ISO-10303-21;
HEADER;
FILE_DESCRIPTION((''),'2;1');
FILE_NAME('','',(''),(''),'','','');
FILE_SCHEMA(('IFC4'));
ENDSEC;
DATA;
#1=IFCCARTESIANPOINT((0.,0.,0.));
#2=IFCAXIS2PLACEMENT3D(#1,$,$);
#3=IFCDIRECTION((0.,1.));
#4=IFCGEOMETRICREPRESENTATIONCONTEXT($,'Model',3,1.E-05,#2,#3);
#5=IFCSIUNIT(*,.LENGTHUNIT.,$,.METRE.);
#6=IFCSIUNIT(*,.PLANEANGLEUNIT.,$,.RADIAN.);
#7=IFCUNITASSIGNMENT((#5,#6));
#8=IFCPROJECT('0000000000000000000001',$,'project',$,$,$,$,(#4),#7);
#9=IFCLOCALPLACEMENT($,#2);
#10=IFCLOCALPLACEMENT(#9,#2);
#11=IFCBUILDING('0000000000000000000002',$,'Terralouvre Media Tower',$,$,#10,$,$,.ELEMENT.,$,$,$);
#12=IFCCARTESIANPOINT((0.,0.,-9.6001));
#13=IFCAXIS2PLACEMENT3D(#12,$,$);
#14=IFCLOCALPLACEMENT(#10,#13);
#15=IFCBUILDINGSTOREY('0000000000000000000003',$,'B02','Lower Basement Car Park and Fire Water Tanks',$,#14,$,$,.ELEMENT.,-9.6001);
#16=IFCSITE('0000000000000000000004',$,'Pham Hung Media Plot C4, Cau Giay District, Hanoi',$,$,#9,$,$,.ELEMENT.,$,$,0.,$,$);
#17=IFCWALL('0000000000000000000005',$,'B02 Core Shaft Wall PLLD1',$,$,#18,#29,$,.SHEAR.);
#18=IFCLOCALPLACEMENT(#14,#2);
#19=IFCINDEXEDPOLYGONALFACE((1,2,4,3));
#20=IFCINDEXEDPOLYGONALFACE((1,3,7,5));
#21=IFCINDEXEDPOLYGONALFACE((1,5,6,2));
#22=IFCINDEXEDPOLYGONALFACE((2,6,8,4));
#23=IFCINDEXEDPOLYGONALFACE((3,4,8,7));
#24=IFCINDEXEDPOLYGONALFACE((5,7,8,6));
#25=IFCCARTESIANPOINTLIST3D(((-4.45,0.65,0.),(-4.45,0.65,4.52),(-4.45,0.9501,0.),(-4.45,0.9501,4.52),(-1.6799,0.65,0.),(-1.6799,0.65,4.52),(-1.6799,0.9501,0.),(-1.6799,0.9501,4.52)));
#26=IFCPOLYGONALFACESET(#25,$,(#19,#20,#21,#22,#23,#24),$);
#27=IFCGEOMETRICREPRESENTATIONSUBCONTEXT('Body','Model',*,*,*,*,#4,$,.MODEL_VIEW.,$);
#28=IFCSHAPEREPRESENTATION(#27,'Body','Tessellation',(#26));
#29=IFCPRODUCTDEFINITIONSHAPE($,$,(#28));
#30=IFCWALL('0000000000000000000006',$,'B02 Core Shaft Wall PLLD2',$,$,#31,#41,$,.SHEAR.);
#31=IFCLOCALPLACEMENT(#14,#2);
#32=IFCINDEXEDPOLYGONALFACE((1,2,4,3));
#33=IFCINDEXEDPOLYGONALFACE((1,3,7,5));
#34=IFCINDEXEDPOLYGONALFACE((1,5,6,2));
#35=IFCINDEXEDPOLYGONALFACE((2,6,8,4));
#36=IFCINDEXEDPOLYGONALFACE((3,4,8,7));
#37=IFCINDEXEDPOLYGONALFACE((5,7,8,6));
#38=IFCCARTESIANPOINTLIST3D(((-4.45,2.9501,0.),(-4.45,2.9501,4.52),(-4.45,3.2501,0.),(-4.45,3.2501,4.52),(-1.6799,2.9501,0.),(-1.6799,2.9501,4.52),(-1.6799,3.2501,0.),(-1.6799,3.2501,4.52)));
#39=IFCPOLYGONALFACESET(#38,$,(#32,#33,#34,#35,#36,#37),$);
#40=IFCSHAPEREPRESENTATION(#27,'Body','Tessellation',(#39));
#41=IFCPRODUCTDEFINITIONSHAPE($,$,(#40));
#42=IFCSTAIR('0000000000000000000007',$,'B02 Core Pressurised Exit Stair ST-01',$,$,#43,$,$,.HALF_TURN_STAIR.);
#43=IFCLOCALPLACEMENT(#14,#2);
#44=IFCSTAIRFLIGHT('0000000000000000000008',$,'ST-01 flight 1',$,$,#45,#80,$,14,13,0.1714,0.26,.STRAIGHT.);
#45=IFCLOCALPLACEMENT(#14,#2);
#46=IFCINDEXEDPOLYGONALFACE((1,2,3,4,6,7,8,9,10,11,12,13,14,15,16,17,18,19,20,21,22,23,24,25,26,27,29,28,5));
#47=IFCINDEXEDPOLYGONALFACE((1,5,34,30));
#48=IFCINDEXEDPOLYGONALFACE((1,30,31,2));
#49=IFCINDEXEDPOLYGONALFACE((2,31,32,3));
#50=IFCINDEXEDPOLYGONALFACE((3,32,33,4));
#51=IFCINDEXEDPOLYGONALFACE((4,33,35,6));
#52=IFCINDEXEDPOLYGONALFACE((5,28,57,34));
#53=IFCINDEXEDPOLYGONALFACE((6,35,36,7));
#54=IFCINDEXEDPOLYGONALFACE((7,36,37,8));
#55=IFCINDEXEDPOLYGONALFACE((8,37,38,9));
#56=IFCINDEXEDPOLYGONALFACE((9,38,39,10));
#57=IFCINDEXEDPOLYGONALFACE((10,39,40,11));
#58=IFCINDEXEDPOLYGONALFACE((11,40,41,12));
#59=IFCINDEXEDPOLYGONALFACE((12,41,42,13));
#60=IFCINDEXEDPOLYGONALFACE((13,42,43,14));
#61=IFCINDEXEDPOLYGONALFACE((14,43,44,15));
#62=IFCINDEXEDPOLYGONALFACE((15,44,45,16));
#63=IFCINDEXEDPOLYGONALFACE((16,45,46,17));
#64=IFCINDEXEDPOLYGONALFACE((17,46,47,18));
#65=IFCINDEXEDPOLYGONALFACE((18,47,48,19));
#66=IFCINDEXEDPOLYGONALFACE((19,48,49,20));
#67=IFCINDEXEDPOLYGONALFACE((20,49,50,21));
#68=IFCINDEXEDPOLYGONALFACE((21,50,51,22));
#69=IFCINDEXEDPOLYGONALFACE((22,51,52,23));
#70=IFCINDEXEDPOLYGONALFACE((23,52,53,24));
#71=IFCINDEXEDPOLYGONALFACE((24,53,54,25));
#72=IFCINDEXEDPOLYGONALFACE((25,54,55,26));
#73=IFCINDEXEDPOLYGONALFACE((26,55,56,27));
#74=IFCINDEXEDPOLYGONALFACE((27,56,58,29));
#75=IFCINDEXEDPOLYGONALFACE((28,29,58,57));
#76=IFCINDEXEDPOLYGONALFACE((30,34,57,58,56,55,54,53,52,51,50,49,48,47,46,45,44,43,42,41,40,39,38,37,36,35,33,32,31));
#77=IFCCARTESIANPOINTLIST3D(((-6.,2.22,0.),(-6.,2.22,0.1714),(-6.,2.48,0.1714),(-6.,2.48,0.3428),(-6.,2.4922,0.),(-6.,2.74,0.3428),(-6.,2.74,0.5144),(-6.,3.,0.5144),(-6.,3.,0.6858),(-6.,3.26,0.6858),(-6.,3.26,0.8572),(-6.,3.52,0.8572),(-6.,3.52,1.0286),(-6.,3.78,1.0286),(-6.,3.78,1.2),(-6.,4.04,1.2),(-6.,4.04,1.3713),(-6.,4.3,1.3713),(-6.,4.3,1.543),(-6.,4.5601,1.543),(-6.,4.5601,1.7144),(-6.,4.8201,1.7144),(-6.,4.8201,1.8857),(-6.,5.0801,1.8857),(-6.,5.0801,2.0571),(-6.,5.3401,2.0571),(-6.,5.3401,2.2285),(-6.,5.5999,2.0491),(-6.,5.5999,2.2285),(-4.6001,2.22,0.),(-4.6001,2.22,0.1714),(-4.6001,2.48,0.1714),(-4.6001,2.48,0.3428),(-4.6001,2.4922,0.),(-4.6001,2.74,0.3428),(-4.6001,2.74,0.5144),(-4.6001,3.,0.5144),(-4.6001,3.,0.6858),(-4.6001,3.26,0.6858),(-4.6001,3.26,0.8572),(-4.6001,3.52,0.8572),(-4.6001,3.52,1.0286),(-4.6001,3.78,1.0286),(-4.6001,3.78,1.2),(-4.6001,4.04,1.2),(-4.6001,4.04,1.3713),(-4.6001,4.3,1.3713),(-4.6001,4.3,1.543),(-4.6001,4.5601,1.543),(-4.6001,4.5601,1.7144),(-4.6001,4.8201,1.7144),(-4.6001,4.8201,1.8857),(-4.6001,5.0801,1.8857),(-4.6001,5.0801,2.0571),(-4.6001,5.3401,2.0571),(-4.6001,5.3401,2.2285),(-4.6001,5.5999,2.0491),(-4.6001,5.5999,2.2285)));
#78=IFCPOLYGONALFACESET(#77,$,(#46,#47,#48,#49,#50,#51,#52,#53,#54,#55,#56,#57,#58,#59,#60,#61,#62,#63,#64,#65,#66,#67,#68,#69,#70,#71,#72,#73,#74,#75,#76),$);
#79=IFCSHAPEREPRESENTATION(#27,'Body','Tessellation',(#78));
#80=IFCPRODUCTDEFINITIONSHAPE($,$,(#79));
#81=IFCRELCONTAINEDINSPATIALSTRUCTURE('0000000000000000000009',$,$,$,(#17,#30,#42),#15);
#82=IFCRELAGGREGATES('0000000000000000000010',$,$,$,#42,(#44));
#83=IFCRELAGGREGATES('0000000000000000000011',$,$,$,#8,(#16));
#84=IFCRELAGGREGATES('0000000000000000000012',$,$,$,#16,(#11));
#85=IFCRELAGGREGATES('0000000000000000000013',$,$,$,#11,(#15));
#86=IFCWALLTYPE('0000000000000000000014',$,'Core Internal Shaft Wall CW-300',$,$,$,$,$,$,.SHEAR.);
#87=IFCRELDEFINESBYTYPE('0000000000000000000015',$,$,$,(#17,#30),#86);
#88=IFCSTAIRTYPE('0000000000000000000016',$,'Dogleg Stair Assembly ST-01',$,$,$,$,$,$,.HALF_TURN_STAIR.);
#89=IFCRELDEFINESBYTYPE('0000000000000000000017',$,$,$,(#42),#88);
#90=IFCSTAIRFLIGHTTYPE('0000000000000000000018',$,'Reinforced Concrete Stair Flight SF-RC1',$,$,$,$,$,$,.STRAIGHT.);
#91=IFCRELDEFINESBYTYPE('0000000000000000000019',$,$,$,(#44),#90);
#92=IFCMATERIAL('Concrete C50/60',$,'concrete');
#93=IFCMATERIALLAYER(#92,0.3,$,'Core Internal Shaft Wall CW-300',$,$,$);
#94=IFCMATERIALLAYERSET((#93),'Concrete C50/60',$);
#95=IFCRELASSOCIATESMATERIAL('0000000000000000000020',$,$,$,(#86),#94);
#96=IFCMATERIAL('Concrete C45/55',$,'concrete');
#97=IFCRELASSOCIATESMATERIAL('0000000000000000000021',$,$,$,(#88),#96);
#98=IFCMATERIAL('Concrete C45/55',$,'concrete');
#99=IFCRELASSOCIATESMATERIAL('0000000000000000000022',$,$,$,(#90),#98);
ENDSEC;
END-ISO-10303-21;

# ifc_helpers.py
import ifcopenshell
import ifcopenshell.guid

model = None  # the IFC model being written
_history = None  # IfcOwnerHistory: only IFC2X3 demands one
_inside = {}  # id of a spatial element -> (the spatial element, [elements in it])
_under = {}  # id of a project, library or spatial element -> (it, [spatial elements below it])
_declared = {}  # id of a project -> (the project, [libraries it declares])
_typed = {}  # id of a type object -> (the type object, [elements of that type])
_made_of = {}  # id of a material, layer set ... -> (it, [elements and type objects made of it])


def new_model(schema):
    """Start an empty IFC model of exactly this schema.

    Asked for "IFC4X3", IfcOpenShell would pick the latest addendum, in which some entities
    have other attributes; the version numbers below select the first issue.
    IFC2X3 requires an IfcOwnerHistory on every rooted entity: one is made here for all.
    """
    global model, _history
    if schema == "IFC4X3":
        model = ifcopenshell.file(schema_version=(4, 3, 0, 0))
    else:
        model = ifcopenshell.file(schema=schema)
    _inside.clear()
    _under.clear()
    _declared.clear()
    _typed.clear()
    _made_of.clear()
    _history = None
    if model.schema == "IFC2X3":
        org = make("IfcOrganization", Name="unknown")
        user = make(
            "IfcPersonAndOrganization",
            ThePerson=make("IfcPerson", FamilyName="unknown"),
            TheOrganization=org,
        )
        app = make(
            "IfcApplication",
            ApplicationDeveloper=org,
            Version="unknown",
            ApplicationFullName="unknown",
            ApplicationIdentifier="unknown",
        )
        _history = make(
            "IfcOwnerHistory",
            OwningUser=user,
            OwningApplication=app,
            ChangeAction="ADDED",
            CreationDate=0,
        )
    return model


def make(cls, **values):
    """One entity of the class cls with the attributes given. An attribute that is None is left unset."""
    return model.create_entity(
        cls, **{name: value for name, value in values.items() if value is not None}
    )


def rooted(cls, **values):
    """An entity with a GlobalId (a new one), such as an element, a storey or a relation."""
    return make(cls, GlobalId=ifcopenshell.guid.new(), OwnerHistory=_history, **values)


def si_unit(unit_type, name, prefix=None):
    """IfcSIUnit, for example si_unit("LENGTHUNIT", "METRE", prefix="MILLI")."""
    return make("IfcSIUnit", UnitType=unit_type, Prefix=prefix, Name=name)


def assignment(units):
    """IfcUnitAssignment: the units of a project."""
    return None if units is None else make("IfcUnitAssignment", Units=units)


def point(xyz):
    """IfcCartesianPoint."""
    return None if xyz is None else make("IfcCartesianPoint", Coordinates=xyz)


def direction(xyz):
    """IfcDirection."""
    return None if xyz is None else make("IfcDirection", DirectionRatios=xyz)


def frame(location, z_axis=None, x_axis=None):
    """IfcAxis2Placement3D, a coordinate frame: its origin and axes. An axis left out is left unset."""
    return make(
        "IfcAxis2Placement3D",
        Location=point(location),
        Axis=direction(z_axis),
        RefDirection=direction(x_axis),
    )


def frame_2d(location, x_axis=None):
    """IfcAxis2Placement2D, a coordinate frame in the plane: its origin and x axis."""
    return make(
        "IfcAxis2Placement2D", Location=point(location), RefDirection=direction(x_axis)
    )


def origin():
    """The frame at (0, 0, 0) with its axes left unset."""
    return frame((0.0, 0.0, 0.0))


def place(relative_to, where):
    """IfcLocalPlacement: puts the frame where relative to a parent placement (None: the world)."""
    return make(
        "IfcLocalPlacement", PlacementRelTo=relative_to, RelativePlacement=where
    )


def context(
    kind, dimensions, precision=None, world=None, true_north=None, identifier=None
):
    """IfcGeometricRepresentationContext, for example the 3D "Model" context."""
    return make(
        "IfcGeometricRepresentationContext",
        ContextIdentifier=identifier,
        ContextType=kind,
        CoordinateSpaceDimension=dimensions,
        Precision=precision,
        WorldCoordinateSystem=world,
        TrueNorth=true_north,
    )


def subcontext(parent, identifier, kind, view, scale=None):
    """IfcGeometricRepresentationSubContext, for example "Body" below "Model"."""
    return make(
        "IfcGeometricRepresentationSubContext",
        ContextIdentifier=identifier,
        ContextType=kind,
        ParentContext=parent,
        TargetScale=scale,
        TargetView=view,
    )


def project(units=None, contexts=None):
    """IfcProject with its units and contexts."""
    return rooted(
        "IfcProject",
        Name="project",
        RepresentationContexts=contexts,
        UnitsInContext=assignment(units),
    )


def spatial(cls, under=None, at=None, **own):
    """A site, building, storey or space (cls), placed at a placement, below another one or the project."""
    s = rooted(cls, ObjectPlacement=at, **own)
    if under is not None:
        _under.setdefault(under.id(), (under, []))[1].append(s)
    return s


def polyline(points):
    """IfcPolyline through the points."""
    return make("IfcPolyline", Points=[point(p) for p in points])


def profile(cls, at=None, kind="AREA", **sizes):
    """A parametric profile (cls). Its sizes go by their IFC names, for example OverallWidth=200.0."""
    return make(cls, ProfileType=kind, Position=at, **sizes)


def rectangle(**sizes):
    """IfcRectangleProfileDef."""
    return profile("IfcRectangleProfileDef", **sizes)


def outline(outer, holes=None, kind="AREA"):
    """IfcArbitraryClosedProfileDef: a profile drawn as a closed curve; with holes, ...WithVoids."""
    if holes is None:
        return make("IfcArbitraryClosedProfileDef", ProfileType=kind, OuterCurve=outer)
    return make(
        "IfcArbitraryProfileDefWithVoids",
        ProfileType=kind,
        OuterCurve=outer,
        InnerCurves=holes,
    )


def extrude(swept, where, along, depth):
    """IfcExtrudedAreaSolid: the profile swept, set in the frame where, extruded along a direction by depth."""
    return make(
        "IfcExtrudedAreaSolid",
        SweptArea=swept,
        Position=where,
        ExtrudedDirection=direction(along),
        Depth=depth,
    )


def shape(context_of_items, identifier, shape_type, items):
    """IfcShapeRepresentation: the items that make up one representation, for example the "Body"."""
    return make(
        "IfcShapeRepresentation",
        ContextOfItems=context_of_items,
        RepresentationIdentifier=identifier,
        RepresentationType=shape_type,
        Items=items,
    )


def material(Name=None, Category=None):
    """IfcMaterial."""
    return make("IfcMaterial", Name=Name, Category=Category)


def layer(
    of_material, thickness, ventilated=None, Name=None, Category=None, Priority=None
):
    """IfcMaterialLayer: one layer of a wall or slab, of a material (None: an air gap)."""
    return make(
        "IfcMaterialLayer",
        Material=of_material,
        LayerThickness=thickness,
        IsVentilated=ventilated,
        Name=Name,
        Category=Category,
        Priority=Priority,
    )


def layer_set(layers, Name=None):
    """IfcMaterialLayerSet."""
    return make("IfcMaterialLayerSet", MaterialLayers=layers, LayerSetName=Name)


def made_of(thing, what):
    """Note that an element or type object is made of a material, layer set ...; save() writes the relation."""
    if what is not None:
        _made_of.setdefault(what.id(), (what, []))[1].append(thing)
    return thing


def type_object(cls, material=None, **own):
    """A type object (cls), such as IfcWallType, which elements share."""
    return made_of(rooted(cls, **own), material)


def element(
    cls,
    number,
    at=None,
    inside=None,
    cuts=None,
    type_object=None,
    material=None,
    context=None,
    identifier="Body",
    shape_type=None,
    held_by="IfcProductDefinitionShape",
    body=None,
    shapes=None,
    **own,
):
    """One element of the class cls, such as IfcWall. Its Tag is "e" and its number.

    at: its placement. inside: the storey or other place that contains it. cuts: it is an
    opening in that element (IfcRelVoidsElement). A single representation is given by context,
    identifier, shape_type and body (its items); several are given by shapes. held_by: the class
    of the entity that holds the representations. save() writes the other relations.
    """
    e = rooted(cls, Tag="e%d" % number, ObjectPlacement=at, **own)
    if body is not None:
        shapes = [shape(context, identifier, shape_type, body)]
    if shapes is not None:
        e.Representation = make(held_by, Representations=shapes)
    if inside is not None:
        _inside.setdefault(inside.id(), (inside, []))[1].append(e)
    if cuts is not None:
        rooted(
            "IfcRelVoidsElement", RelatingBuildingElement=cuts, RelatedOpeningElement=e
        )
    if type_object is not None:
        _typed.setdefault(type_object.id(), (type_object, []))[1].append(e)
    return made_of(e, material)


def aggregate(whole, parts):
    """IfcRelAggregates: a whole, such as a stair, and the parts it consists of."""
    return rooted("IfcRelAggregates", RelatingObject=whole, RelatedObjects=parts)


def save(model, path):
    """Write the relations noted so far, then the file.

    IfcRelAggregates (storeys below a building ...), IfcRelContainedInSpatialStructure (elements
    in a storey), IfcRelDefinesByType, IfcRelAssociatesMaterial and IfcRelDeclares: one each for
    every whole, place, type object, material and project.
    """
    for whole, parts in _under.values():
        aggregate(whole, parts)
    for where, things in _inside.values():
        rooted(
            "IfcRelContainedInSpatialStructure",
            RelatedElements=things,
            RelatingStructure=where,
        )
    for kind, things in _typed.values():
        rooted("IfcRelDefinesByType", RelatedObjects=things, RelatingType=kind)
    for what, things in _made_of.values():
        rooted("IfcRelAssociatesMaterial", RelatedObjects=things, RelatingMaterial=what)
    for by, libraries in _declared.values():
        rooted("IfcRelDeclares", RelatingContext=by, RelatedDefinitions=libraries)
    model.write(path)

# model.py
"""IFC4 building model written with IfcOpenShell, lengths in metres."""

from ifc_helpers import new_model, si_unit, direction, frame, frame_2d, origin, place, context, subcontext, project, spatial, polyline, rectangle, outline, extrude, material, layer, layer_set, type_object, element, aggregate, save


model = new_model("IFC4")

# Units and contexts
model_context = context("Model", 3, precision=1e-05, world=origin(), true_north=direction((0.0, 1.0)))
body_context = subcontext(model_context, "Body", "Model", "MODEL_VIEW")
ifc_project = project(units=[si_unit("LENGTHUNIT", "METRE"), si_unit("PLANEANGLEUNIT", "RADIAN")], contexts=[model_context])

# Site, building, storey
site_placement = place(None, origin())
site = spatial("IfcSite", under=ifc_project, at=site_placement, Name="Pham Hung Media Plot C4, Cau Giay District, Hanoi", CompositionType="ELEMENT", RefElevation=0.0)
building_placement = place(site_placement, origin())
building = spatial("IfcBuilding", under=site, at=building_placement, Name="Terralouvre Media Tower", CompositionType="ELEMENT")
storey_placement = place(building_placement, frame((0.0, 0.0, -9.6001)))
storey = spatial("IfcBuildingStorey", under=building, at=storey_placement, Name="B02", Description="Lower Basement Car Park and Fire Water Tanks", CompositionType="ELEMENT", Elevation=-9.6001)

# Shared definitions
ifc_material_1 = material(Name="Concrete C50/60", Category="concrete")
ifc_layer_1 = layer(ifc_material_1, 0.3, Name="Core Internal Shaft Wall CW-300")
ifc_layer_set_1 = layer_set([ifc_layer_1], Name="Concrete C50/60")
wall_type = type_object("IfcWallType", Name="Core Internal Shaft Wall CW-300", PredefinedType="SHEAR", material=ifc_layer_set_1)

# Walls
for number, where, z_axis, x_axis, name in (
    (1, (-4.45, 0.8, 0.0), (0.0, 0.0, 1.0), (1.0, 0.0, 0.0), "B02 Core Shaft Wall PLLD1"),
    (2, (-4.45, 3.1001, 0.0), (0.0, 0.0, 1.0), (1.0, 0.0, 0.0), "B02 Core Shaft Wall PLLD2"),
):
    element("IfcWall", number, at=place(storey_placement, frame(where, z_axis=z_axis, x_axis=x_axis)), inside=storey, type_object=wall_type, Name=name, PredefinedType="SHEAR", context=body_context, shape_type="SweptSolid", body=[
        extrude(rectangle(XDim=2.77, YDim=0.3, at=frame_2d((1.385, 0.0))), origin(), (0.0, 0.0, 1.0), 4.52),
    ])

# Stair, stair flight
ifc_material_2 = material(Name="Concrete C45/55", Category="concrete")
stair_type = type_object("IfcStairType", Name="Dogleg Stair Assembly ST-01", PredefinedType="HALF_TURN_STAIR", material=ifc_material_2)
stair_placement = place(storey_placement, origin())
stair = element("IfcStair", 3, at=stair_placement, inside=storey, type_object=stair_type, Name="B02 Core Pressurised Exit Stair ST-01", PredefinedType="HALF_TURN_STAIR")
ifc_material_3 = material(Name="Concrete C45/55", Category="concrete")
stair_flight_type = type_object("IfcStairFlightType", Name="Reinforced Concrete Stair Flight SF-RC1", PredefinedType="STRAIGHT", material=ifc_material_3)
stair_flight_placement = place(storey_placement, frame((-5.3, 2.22, 0.0), z_axis=(0.0, 0.0, 1.0), x_axis=(0.0, 1.0, 0.0)))
stair_flight = element("IfcStairFlight", 4, at=stair_flight_placement, type_object=stair_flight_type, Name="ST-01 flight 1", NumberOfRisers=14, NumberOfTreads=13, PredefinedType="STRAIGHT", RiserHeight=0.1714, TreadLength=0.26, context=body_context, shape_type="SweptSolid", body=[
    extrude(outline(polyline([(0.0, 0.0), (0.0, 0.1714), (0.26, 0.1714), (0.26, 0.3428), (0.52, 0.3428), (0.52, 0.5144), (0.78, 0.5144), (0.78, 0.6858), (1.04, 0.6858), (1.04, 0.8572), (1.3, 0.8572), (1.3, 1.0286), (1.5601, 1.0286), (1.5601, 1.2), (1.8201, 1.2), (1.8201, 1.3713), (2.0801, 1.3713), (2.0801, 1.543), (2.3401, 1.543), (2.3401, 1.7144), (2.6001, 1.7144), (2.6001, 1.8857), (2.8601, 1.8857), (2.8601, 2.0571), (3.1201, 2.0571), (3.1201, 2.2285), (3.3799, 2.2285), (3.3799, 2.3999), (3.3799, 2.0491), (0.2722, 0.0), (0.0, 0.0)])), frame((0.0, 0.7, 0.0), z_axis=(0.0, -1.0, 0.0), x_axis=(1.0, 0.0, 0.0)), (0.0, 0.0, 1.0), 1.3999),
])
aggregate(stair, [stair_flight])

save(model, "model.ifc")
